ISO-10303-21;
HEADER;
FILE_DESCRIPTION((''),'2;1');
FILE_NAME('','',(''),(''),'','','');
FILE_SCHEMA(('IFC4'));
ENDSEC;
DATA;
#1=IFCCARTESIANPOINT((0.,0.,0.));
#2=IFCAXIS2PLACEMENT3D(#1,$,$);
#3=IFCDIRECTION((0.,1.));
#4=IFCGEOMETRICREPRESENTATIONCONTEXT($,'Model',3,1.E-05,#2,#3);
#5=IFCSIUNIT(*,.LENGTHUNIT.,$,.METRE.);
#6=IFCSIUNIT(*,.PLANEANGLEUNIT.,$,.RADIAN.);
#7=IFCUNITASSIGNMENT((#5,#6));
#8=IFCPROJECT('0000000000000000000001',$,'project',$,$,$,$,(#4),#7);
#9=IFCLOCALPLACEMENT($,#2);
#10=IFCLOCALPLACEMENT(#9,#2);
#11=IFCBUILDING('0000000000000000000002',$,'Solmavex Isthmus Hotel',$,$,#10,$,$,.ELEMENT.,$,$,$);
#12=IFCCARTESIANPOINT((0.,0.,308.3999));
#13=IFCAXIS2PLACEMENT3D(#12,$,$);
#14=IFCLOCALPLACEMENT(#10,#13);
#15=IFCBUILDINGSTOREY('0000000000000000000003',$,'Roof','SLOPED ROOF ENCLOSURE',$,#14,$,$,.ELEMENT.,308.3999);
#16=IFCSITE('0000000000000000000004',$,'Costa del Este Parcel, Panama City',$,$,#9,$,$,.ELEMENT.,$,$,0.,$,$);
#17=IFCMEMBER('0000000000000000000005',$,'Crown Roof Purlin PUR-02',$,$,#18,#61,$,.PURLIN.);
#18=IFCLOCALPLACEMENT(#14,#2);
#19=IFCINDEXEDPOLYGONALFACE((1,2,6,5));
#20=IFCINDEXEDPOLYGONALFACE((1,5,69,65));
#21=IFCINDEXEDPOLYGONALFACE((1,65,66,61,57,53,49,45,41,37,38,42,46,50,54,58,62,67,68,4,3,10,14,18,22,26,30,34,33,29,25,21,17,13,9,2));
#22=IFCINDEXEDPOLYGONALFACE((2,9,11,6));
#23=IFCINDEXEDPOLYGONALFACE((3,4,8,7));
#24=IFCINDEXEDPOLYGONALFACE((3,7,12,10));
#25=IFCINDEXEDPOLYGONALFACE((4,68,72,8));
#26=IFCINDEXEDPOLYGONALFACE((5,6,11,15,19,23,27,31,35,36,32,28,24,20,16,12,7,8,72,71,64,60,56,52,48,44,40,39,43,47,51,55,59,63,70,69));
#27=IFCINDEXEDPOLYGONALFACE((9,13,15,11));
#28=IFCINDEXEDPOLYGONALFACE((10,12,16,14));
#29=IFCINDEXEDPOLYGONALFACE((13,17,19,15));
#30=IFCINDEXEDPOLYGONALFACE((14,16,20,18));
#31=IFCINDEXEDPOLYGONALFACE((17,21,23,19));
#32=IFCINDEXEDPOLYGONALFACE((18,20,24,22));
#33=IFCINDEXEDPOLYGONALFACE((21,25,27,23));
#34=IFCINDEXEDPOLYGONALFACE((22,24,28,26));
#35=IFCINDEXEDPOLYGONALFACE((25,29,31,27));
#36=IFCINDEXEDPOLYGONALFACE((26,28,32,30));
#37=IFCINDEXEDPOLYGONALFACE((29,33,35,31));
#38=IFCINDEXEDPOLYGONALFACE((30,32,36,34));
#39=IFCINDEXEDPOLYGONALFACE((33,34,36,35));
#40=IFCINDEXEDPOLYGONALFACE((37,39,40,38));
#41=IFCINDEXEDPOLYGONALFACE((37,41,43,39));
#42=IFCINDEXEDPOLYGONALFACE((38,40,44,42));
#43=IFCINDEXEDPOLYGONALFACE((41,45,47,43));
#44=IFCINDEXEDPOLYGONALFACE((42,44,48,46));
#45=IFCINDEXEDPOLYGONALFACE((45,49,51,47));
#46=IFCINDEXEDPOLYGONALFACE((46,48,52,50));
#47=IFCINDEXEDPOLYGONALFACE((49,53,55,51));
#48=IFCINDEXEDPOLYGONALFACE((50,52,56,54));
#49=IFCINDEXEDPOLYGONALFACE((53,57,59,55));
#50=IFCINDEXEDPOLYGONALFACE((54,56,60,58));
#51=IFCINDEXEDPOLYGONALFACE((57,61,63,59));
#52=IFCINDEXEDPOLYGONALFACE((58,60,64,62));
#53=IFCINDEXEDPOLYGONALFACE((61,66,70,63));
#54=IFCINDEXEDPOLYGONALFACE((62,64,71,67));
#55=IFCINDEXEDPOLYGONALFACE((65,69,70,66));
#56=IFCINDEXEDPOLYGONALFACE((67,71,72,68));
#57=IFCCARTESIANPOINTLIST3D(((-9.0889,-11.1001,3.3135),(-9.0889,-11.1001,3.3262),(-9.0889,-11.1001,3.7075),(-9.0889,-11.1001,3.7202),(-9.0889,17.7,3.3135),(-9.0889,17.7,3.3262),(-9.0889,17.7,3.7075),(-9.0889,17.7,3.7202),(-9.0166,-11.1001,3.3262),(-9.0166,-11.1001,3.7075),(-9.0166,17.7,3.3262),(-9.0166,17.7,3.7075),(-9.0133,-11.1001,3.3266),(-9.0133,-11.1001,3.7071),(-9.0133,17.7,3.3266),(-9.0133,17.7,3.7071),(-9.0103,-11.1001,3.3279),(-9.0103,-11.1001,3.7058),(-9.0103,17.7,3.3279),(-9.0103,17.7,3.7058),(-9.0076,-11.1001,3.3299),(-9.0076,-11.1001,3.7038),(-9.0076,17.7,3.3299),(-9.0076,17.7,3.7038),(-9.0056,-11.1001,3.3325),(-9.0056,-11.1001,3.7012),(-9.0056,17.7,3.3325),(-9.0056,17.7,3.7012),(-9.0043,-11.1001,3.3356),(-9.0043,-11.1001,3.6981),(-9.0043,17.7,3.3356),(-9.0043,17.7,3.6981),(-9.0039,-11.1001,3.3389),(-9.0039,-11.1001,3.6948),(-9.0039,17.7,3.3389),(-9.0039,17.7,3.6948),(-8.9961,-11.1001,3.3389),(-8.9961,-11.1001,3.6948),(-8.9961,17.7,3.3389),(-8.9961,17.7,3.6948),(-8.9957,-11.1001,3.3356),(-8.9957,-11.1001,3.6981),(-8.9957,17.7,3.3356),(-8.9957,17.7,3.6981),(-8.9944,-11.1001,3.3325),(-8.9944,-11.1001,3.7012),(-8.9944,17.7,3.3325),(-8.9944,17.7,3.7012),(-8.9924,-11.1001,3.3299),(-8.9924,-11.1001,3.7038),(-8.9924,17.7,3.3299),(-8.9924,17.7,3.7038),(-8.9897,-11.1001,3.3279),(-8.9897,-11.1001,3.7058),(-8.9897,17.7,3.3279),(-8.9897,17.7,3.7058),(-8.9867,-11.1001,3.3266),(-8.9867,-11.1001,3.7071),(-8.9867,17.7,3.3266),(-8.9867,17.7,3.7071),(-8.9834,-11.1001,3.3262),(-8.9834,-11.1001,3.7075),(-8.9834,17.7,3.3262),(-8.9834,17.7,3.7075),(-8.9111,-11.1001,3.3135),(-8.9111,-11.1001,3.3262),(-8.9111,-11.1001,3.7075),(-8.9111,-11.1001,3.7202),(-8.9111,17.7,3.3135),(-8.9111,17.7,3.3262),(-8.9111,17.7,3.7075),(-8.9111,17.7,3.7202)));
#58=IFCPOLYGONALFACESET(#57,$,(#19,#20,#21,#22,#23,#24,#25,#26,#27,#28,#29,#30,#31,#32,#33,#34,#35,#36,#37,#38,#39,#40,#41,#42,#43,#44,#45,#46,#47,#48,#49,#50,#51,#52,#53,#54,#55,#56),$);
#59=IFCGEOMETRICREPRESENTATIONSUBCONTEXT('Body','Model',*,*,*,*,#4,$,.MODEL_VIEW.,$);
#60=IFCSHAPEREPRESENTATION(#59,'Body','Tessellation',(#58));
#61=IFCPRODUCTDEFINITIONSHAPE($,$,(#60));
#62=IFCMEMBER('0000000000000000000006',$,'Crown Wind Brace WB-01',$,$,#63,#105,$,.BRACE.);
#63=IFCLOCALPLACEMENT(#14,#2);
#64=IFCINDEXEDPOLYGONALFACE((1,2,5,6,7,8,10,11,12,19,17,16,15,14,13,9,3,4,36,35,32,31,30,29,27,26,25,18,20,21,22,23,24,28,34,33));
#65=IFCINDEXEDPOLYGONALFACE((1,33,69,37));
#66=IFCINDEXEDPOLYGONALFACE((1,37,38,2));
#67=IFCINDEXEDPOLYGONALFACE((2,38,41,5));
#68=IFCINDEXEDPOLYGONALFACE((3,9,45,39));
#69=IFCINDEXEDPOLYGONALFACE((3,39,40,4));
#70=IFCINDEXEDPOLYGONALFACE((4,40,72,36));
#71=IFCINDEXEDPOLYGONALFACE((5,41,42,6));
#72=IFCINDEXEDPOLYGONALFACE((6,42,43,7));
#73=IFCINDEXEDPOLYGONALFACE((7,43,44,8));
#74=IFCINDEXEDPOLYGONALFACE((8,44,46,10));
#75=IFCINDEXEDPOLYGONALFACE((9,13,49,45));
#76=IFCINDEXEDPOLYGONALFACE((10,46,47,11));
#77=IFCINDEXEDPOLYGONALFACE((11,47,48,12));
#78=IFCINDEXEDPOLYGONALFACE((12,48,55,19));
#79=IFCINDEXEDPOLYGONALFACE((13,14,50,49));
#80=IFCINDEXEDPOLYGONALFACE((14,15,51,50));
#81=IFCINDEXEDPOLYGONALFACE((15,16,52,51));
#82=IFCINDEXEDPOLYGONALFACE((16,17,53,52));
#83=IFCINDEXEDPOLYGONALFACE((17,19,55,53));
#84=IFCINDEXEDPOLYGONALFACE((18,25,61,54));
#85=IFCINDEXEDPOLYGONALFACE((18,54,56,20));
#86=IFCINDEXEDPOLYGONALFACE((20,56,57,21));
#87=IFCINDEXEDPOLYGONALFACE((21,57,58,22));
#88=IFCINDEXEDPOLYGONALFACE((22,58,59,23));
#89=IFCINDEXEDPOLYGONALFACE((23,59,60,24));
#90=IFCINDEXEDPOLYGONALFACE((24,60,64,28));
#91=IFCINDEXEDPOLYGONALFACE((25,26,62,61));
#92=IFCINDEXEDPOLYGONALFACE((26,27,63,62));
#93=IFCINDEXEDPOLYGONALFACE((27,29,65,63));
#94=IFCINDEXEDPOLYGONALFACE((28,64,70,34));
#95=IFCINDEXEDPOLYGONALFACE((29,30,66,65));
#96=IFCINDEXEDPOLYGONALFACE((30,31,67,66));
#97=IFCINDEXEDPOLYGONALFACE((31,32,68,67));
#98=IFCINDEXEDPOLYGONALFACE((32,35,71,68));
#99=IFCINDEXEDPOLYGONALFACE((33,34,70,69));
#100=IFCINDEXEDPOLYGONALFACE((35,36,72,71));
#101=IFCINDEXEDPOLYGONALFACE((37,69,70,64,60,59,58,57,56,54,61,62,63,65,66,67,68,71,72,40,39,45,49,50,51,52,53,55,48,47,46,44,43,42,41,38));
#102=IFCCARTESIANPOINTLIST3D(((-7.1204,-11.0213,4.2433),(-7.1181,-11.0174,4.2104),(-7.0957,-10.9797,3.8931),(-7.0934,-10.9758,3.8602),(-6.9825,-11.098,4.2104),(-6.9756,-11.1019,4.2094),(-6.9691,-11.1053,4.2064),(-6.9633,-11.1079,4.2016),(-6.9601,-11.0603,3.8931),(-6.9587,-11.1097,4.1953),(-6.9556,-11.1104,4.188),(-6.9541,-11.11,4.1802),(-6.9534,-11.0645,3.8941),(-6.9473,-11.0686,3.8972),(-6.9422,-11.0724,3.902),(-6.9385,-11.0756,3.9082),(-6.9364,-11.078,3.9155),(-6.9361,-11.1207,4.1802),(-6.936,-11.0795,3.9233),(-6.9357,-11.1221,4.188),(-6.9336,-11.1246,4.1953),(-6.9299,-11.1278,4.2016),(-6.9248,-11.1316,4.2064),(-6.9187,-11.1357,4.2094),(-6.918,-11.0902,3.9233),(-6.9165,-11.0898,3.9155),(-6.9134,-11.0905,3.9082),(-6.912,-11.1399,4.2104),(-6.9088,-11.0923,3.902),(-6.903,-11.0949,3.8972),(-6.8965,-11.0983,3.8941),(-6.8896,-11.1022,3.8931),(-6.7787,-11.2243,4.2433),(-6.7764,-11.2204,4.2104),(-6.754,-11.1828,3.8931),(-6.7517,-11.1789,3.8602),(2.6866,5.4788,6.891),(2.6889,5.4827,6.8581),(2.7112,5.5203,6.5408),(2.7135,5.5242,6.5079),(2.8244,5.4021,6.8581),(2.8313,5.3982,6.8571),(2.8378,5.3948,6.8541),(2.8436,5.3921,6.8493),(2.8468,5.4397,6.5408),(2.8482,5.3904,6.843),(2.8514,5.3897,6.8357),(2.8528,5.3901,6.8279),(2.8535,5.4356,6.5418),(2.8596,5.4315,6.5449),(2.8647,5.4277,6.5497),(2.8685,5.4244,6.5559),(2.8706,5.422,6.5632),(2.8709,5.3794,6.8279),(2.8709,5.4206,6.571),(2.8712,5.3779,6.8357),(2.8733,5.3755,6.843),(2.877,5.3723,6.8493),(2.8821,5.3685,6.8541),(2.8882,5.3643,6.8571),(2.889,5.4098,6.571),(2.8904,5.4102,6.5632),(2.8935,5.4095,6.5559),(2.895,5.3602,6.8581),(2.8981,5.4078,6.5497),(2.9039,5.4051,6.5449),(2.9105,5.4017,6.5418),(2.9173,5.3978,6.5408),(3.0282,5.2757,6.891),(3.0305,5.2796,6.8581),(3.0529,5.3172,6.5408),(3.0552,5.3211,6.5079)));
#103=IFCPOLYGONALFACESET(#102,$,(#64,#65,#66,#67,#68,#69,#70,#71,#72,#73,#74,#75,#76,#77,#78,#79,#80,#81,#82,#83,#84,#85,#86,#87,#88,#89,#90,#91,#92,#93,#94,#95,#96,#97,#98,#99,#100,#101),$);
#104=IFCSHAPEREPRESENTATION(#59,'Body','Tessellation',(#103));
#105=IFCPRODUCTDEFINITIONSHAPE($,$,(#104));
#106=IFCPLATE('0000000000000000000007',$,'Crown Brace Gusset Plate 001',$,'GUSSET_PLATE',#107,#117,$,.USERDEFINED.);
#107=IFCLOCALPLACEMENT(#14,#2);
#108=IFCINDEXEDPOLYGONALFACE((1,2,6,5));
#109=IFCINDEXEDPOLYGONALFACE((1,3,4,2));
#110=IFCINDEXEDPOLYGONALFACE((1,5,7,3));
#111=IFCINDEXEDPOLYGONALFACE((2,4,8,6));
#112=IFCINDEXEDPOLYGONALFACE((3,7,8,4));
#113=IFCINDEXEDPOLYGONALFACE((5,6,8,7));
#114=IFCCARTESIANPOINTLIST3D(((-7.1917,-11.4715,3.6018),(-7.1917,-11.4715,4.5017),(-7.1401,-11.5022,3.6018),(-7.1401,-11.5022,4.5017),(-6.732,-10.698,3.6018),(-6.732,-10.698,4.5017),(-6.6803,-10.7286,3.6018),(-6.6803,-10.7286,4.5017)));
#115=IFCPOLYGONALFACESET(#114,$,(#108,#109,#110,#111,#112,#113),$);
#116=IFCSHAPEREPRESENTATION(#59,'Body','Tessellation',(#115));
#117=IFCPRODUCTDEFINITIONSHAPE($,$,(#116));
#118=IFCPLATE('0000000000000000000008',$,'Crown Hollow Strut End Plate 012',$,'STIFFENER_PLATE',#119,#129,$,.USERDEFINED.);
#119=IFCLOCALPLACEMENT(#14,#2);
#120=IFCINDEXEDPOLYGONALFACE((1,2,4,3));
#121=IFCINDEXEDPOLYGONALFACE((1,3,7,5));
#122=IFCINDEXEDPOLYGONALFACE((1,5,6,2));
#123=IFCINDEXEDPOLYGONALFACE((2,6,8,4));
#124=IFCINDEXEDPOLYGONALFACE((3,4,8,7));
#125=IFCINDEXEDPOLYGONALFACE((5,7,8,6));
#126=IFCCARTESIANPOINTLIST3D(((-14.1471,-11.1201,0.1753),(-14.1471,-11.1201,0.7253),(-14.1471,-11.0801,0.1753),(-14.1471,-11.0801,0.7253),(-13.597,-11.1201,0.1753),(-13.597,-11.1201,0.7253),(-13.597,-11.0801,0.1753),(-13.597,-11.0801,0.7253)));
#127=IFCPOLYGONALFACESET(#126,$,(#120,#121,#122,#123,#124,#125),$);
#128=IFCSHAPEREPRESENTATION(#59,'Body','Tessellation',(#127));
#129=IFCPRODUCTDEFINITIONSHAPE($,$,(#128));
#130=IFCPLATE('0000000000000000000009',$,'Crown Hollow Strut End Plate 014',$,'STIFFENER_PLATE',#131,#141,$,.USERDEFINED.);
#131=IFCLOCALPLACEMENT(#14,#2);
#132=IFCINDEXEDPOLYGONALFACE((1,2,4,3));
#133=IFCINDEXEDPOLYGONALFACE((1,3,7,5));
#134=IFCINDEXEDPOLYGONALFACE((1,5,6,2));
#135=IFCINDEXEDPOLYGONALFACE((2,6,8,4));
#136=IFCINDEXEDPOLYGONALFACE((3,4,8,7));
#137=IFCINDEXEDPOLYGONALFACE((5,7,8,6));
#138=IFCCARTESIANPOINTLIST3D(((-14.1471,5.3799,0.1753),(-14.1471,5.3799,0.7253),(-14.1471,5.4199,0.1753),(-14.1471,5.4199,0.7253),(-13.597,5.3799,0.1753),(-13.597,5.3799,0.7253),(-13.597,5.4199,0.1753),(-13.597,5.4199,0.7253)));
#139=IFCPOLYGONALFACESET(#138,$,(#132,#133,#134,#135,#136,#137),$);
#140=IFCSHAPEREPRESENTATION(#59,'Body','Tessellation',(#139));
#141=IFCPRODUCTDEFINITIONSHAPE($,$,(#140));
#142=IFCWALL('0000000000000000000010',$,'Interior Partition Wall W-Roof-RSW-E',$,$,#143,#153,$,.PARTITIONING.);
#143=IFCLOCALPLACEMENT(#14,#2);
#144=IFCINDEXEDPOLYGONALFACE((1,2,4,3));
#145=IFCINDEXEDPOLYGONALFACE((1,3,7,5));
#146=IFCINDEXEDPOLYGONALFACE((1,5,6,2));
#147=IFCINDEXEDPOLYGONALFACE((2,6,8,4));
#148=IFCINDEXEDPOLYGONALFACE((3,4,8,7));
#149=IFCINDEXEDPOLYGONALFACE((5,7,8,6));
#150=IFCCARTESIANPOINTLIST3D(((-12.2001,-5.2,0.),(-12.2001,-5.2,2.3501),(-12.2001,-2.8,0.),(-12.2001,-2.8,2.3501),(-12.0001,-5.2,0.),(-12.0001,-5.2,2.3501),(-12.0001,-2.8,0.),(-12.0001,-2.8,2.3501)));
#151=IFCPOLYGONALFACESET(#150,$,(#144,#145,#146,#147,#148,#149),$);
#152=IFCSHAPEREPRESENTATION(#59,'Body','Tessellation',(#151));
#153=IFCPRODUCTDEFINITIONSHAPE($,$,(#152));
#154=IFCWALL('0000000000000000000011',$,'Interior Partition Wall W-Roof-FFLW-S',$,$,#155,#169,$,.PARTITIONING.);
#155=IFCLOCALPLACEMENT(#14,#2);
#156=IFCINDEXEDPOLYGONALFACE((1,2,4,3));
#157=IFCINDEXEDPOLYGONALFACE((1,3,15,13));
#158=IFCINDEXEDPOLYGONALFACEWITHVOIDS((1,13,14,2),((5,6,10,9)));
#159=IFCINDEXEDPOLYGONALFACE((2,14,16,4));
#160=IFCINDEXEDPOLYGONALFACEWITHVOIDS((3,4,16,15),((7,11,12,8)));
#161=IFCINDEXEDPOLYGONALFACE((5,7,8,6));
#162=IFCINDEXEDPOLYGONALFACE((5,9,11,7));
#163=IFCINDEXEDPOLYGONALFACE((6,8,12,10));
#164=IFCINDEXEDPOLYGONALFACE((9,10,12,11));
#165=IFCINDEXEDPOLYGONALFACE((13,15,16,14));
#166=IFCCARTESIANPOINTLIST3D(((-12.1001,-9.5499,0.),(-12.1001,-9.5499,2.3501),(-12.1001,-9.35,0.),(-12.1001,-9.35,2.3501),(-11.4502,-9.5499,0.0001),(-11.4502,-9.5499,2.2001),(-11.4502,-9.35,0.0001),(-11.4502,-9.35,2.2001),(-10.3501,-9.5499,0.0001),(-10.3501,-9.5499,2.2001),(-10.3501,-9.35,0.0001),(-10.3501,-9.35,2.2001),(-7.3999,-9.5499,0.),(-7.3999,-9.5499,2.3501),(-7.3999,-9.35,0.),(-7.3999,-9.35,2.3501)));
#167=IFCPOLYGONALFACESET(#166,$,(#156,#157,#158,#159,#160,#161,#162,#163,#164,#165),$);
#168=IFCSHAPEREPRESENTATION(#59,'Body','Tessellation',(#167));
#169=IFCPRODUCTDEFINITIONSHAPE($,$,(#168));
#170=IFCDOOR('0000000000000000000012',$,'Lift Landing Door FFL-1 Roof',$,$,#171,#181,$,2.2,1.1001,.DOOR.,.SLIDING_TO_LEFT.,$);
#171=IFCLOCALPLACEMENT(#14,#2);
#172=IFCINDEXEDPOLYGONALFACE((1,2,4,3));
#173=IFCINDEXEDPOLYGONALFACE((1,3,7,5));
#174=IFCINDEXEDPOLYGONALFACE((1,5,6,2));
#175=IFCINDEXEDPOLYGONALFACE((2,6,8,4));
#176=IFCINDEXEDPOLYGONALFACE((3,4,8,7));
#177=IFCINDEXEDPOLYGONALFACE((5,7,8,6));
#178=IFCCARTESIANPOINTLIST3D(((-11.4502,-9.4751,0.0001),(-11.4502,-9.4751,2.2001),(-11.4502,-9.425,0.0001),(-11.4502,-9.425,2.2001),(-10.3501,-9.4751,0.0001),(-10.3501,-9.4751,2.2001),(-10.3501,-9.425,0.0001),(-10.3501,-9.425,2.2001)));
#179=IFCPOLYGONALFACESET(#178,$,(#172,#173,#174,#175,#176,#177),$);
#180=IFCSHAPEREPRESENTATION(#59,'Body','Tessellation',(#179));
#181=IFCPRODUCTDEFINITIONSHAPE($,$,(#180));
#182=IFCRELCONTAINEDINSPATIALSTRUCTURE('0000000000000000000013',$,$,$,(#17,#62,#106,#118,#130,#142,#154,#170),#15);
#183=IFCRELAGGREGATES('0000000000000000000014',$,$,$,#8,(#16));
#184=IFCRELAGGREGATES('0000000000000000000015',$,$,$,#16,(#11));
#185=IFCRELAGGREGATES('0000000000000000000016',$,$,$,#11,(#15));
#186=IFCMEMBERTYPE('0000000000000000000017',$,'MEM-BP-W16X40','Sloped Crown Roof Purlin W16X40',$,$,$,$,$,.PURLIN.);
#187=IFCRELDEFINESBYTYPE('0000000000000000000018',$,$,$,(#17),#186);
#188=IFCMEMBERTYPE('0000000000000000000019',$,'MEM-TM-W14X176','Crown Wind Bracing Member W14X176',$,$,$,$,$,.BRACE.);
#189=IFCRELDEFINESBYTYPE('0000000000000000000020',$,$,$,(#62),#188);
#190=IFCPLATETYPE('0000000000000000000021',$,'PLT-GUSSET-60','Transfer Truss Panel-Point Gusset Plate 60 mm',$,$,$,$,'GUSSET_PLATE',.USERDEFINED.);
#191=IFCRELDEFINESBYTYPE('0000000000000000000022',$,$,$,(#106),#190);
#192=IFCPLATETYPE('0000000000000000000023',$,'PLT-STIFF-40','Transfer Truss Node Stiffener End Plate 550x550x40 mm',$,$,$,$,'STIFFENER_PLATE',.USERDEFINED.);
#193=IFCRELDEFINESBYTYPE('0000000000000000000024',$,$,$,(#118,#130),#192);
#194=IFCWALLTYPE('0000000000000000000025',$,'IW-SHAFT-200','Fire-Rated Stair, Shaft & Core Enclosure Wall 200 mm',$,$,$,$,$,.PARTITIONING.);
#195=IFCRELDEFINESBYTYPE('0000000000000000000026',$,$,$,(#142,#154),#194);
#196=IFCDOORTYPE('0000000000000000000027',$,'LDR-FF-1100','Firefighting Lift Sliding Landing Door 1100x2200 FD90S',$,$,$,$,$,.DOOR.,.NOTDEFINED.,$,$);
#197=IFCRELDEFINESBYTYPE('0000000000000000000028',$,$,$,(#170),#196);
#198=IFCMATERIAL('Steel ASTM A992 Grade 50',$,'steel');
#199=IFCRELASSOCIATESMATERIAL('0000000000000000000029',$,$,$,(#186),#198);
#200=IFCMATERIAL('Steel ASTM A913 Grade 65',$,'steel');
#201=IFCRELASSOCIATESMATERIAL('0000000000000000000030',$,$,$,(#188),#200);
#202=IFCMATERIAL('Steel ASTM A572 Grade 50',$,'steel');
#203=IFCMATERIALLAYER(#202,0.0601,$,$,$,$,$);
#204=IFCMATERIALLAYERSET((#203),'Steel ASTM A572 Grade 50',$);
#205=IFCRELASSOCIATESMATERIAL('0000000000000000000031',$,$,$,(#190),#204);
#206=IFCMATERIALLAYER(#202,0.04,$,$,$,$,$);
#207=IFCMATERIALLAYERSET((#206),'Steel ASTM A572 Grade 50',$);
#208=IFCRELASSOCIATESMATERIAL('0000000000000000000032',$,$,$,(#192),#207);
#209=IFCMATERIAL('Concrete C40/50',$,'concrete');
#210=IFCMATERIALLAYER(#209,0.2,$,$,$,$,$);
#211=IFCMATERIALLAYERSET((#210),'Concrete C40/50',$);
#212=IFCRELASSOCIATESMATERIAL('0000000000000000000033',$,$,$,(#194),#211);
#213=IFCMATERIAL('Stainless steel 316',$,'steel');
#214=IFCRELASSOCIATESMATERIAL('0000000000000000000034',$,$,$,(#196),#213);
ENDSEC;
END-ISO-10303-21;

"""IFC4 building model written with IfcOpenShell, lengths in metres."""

from ifc_helpers import new_model, si_unit, direction, frame, frame_2d, origin, origin_2d, place, context, subcontext, project, spatial, rectangle, i_section, extrude, material, layer, layer_set, material_profile, profile_set, type_object, element, fill, save


model = new_model("IFC4")

# Units and contexts
model_context = context("Model", 3, precision=1e-05, world=origin(), true_north=direction((0.0, 1.0)))
body_context = subcontext(model_context, "Body", "Model", "MODEL_VIEW")
ifc_project = project(units=[si_unit("LENGTHUNIT", "METRE"), si_unit("PLANEANGLEUNIT", "RADIAN")], contexts=[model_context])

# Site, building, storey
site_placement = place(None, origin())
site = spatial("IfcSite", under=ifc_project, at=site_placement, Name="Costa del Este Parcel, Panama City", CompositionType="ELEMENT", RefElevation=0.0)
building_placement = place(site_placement, origin())
building = spatial("IfcBuilding", under=site, at=building_placement, Name="Solmavex Isthmus Hotel", CompositionType="ELEMENT")
storey_placement = place(building_placement, frame((0.0, 0.0, 308.3999)))
storey = spatial("IfcBuildingStorey", under=building, at=storey_placement, Name="Roof", Description="SLOPED ROOF ENCLOSURE", CompositionType="ELEMENT", Elevation=308.3999)

# Shared definitions
ifc_material_1 = material(Name="Steel ASTM A913 Grade 65", Category="steel")

# Shared definitions
ifc_material_2 = material(Name="Steel ASTM A992 Grade 50", Category="steel")

# Members
ifc_material_profile_1 = material_profile(ifc_material_2, i_section(OverallWidth=0.1777, OverallDepth=0.4067, WebThickness=0.0078, FlangeThickness=0.0127, FilletRadius=0.0127, at=origin_2d()), Name="W16X40")
ifc_profile_set_1 = profile_set([ifc_material_profile_1], Name="Steel ASTM A992 Grade 50")
member_type_1 = type_object("IfcMemberType", Name="MEM-BP-W16X40", Description="Sloped Crown Roof Purlin W16X40", PredefinedType="PURLIN", material=ifc_profile_set_1)
for number, where, z_axis, x_axis, name in (
    (1, (-9.0, -11.1001, 3.5168), (0.0, 1.0, 0.0), (-1.0, 0.0, 0.0), "Crown Roof Purlin PUR-02"),
):
    element("IfcMember", number, at=place(storey_placement, frame(where, z_axis=z_axis, x_axis=x_axis)), inside=storey, type_object=member_type_1, Name=name, PredefinedType="PURLIN", context=body_context, shape_type="SweptSolid", body=[
        extrude(i_section(OverallWidth=0.1777, OverallDepth=0.4067, WebThickness=0.0078, FlangeThickness=0.0127, FilletRadius=0.0127, at=origin_2d()), origin(), (0.0, 0.0, 1.0), 28.8),
    ])
ifc_material_profile_2 = material_profile(ifc_material_1, i_section(OverallWidth=0.3975, OverallDepth=0.3867, WebThickness=0.021, FlangeThickness=0.0332, FilletRadius=0.0305, at=origin_2d()), Name="W14X176")
ifc_profile_set_2 = profile_set([ifc_material_profile_2], Name="Steel ASTM A913 Grade 65")
member_type_2 = type_object("IfcMemberType", Name="MEM-TM-W14X176", Description="Crown Wind Bracing Member W14X176", PredefinedType="BRACE", material=ifc_profile_set_2)
member_placement = place(storey_placement, frame((-6.936, -11.1001, 4.0518), z_axis=(0.506132, 0.851562, 0.136648), x_axis=(-0.859626, 0.510924, 0.0)))
element("IfcMember", 2, at=member_placement, inside=storey, type_object=member_type_2, Name="Crown Wind Brace WB-01", PredefinedType="BRACE", context=body_context, shape_type="SweptSolid", body=[
    extrude(i_section(OverallWidth=0.3975, OverallDepth=0.3867, WebThickness=0.021, FlangeThickness=0.0332, FilletRadius=0.0305, at=origin_2d()), origin(), (0.0, 0.0, 1.0), 19.3762),
])

# Plates
ifc_material_3 = material(Name="Steel ASTM A572 Grade 50", Category="steel")
ifc_layer_1 = layer(ifc_material_3, 0.0601)
ifc_layer_set_1 = layer_set([ifc_layer_1], Name="Steel ASTM A572 Grade 50")
plate_type_1 = type_object("IfcPlateType", Name="PLT-GUSSET-60", Description="Transfer Truss Panel-Point Gusset Plate 60 mm", ElementType="GUSSET_PLATE", PredefinedType="USERDEFINED", material=ifc_layer_set_1)
plate_placement = place(storey_placement, frame((-6.936, -11.1001, 3.6018), z_axis=(0.0, 0.0, 1.0), x_axis=(0.510918, 0.859629, 0.0)))
element("IfcPlate", 3, at=plate_placement, inside=storey, type_object=plate_type_1, Name="Crown Brace Gusset Plate 001", ObjectType="GUSSET_PLATE", PredefinedType="USERDEFINED", context=body_context, shape_type="SweptSolid", body=[
    extrude(rectangle(XDim=0.8999, YDim=0.0601, at=origin_2d()), origin(), (0.0, 0.0, 1.0), 0.8999),
])
ifc_layer_2 = layer(ifc_material_3, 0.04)
ifc_layer_set_2 = layer_set([ifc_layer_2], Name="Steel ASTM A572 Grade 50")
plate_type_2 = type_object("IfcPlateType", Name="PLT-STIFF-40", Description="Transfer Truss Node Stiffener End Plate 550x550x40 mm", ElementType="STIFFENER_PLATE", PredefinedType="USERDEFINED", material=ifc_layer_set_2)
for number, where, z_axis, x_axis, name in (
    (4, (-13.8721, -11.1001, 0.1753), (0.0, 0.0, 1.0), (1.0, 0.0, 0.0), "Crown Hollow Strut End Plate 012"),
    (5, (-13.8721, 5.3999, 0.1753), (0.0, 0.0, 1.0), (1.0, 0.0, 0.0), "Crown Hollow Strut End Plate 014"),
):
    element("IfcPlate", number, at=place(storey_placement, frame(where, z_axis=z_axis, x_axis=x_axis)), inside=storey, type_object=plate_type_2, Name=name, ObjectType="STIFFENER_PLATE", PredefinedType="USERDEFINED", context=body_context, shape_type="SweptSolid", body=[
        extrude(rectangle(XDim=0.55, YDim=0.04, at=origin_2d()), origin(), (0.0, 0.0, 1.0), 0.55),
    ])

# Wall
ifc_material_4 = material(Name="Concrete C40/50", Category="concrete")
ifc_layer_3 = layer(ifc_material_4, 0.2)
ifc_layer_set_3 = layer_set([ifc_layer_3], Name="Concrete C40/50")
wall_type_1 = type_object("IfcWallType", Name="IW-SHAFT-200", Description="Fire-Rated Stair, Shaft & Core Enclosure Wall 200 mm", PredefinedType="PARTITIONING", material=ifc_layer_set_3)
wall_1_placement = place(storey_placement, frame((-12.1001, -5.2, 0.0), z_axis=(0.0, 0.0, 1.0), x_axis=(0.0, 1.0, 0.0)))
element("IfcWall", 6, at=wall_1_placement, inside=storey, type_object=wall_type_1, Name="Interior Partition Wall W-Roof-RSW-E", PredefinedType="PARTITIONING", context=body_context, shape_type="SweptSolid", body=[
    extrude(rectangle(XDim=2.3999, YDim=0.2, at=frame_2d((1.2, 0.0))), origin(), (0.0, 0.0, 1.0), 2.3501),
])

# Wall, opening, door
wall_2_placement = place(storey_placement, frame((-12.1001, -9.45, 0.0), z_axis=(0.0, 0.0, 1.0), x_axis=(1.0, 0.0, 0.0)))
wall_2 = element("IfcWall", 7, at=wall_2_placement, inside=storey, type_object=wall_type_1, Name="Interior Partition Wall W-Roof-FFLW-S", PredefinedType="PARTITIONING", context=body_context, shape_type="SweptSolid", body=[
    extrude(rectangle(XDim=4.7002, YDim=0.2, at=frame_2d((2.3501, 0.0))), origin(), (0.0, 0.0, 1.0), 2.3501),
])
opening_1_placement = place(wall_2_placement, frame((0.6499, 0.0, 0.0)))
opening_1 = element("IfcOpeningElement", 8, at=opening_1_placement, cuts=wall_2, PredefinedType="OPENING", context=body_context, shape_type="SweptSolid", body=[
    extrude(rectangle(XDim=1.1001, YDim=2.2, at=frame_2d((0.55, 1.1001))), frame((0.0, 0.1099, 0.0), z_axis=(0.0, -1.0, 0.0), x_axis=(1.0, 0.0, 0.0)), (0.0, 0.0, 1.0), 0.22),
])
ifc_material_5 = material(Name="Stainless steel 316", Category="steel")
door_type_1 = type_object("IfcDoorType", Name="LDR-FF-1100", Description="Firefighting Lift Sliding Landing Door 1100x2200 FD90S", OperationType="NOTDEFINED", PredefinedType="DOOR", material=ifc_material_5)
door_1_placement = place(opening_1_placement, origin())
door_1 = element("IfcDoor", 9, at=door_1_placement, inside=storey, type_object=door_type_1, Name="Lift Landing Door FFL-1 Roof", OperationType="SLIDING_TO_LEFT", OverallHeight=2.2, OverallWidth=1.1001, PredefinedType="DOOR", context=body_context, shape_type="SweptSolid", body=[
    extrude(rectangle(XDim=1.1001, YDim=2.2, at=frame_2d((0.55, 1.1001))), frame((0.0, 0.0249, 0.0), z_axis=(0.0, -1.0, 0.0), x_axis=(1.0, 0.0, 0.0)), (0.0, 0.0, 1.0), 0.05),
])
fill(opening_1, door_1)

save(model, "model.ifc")
